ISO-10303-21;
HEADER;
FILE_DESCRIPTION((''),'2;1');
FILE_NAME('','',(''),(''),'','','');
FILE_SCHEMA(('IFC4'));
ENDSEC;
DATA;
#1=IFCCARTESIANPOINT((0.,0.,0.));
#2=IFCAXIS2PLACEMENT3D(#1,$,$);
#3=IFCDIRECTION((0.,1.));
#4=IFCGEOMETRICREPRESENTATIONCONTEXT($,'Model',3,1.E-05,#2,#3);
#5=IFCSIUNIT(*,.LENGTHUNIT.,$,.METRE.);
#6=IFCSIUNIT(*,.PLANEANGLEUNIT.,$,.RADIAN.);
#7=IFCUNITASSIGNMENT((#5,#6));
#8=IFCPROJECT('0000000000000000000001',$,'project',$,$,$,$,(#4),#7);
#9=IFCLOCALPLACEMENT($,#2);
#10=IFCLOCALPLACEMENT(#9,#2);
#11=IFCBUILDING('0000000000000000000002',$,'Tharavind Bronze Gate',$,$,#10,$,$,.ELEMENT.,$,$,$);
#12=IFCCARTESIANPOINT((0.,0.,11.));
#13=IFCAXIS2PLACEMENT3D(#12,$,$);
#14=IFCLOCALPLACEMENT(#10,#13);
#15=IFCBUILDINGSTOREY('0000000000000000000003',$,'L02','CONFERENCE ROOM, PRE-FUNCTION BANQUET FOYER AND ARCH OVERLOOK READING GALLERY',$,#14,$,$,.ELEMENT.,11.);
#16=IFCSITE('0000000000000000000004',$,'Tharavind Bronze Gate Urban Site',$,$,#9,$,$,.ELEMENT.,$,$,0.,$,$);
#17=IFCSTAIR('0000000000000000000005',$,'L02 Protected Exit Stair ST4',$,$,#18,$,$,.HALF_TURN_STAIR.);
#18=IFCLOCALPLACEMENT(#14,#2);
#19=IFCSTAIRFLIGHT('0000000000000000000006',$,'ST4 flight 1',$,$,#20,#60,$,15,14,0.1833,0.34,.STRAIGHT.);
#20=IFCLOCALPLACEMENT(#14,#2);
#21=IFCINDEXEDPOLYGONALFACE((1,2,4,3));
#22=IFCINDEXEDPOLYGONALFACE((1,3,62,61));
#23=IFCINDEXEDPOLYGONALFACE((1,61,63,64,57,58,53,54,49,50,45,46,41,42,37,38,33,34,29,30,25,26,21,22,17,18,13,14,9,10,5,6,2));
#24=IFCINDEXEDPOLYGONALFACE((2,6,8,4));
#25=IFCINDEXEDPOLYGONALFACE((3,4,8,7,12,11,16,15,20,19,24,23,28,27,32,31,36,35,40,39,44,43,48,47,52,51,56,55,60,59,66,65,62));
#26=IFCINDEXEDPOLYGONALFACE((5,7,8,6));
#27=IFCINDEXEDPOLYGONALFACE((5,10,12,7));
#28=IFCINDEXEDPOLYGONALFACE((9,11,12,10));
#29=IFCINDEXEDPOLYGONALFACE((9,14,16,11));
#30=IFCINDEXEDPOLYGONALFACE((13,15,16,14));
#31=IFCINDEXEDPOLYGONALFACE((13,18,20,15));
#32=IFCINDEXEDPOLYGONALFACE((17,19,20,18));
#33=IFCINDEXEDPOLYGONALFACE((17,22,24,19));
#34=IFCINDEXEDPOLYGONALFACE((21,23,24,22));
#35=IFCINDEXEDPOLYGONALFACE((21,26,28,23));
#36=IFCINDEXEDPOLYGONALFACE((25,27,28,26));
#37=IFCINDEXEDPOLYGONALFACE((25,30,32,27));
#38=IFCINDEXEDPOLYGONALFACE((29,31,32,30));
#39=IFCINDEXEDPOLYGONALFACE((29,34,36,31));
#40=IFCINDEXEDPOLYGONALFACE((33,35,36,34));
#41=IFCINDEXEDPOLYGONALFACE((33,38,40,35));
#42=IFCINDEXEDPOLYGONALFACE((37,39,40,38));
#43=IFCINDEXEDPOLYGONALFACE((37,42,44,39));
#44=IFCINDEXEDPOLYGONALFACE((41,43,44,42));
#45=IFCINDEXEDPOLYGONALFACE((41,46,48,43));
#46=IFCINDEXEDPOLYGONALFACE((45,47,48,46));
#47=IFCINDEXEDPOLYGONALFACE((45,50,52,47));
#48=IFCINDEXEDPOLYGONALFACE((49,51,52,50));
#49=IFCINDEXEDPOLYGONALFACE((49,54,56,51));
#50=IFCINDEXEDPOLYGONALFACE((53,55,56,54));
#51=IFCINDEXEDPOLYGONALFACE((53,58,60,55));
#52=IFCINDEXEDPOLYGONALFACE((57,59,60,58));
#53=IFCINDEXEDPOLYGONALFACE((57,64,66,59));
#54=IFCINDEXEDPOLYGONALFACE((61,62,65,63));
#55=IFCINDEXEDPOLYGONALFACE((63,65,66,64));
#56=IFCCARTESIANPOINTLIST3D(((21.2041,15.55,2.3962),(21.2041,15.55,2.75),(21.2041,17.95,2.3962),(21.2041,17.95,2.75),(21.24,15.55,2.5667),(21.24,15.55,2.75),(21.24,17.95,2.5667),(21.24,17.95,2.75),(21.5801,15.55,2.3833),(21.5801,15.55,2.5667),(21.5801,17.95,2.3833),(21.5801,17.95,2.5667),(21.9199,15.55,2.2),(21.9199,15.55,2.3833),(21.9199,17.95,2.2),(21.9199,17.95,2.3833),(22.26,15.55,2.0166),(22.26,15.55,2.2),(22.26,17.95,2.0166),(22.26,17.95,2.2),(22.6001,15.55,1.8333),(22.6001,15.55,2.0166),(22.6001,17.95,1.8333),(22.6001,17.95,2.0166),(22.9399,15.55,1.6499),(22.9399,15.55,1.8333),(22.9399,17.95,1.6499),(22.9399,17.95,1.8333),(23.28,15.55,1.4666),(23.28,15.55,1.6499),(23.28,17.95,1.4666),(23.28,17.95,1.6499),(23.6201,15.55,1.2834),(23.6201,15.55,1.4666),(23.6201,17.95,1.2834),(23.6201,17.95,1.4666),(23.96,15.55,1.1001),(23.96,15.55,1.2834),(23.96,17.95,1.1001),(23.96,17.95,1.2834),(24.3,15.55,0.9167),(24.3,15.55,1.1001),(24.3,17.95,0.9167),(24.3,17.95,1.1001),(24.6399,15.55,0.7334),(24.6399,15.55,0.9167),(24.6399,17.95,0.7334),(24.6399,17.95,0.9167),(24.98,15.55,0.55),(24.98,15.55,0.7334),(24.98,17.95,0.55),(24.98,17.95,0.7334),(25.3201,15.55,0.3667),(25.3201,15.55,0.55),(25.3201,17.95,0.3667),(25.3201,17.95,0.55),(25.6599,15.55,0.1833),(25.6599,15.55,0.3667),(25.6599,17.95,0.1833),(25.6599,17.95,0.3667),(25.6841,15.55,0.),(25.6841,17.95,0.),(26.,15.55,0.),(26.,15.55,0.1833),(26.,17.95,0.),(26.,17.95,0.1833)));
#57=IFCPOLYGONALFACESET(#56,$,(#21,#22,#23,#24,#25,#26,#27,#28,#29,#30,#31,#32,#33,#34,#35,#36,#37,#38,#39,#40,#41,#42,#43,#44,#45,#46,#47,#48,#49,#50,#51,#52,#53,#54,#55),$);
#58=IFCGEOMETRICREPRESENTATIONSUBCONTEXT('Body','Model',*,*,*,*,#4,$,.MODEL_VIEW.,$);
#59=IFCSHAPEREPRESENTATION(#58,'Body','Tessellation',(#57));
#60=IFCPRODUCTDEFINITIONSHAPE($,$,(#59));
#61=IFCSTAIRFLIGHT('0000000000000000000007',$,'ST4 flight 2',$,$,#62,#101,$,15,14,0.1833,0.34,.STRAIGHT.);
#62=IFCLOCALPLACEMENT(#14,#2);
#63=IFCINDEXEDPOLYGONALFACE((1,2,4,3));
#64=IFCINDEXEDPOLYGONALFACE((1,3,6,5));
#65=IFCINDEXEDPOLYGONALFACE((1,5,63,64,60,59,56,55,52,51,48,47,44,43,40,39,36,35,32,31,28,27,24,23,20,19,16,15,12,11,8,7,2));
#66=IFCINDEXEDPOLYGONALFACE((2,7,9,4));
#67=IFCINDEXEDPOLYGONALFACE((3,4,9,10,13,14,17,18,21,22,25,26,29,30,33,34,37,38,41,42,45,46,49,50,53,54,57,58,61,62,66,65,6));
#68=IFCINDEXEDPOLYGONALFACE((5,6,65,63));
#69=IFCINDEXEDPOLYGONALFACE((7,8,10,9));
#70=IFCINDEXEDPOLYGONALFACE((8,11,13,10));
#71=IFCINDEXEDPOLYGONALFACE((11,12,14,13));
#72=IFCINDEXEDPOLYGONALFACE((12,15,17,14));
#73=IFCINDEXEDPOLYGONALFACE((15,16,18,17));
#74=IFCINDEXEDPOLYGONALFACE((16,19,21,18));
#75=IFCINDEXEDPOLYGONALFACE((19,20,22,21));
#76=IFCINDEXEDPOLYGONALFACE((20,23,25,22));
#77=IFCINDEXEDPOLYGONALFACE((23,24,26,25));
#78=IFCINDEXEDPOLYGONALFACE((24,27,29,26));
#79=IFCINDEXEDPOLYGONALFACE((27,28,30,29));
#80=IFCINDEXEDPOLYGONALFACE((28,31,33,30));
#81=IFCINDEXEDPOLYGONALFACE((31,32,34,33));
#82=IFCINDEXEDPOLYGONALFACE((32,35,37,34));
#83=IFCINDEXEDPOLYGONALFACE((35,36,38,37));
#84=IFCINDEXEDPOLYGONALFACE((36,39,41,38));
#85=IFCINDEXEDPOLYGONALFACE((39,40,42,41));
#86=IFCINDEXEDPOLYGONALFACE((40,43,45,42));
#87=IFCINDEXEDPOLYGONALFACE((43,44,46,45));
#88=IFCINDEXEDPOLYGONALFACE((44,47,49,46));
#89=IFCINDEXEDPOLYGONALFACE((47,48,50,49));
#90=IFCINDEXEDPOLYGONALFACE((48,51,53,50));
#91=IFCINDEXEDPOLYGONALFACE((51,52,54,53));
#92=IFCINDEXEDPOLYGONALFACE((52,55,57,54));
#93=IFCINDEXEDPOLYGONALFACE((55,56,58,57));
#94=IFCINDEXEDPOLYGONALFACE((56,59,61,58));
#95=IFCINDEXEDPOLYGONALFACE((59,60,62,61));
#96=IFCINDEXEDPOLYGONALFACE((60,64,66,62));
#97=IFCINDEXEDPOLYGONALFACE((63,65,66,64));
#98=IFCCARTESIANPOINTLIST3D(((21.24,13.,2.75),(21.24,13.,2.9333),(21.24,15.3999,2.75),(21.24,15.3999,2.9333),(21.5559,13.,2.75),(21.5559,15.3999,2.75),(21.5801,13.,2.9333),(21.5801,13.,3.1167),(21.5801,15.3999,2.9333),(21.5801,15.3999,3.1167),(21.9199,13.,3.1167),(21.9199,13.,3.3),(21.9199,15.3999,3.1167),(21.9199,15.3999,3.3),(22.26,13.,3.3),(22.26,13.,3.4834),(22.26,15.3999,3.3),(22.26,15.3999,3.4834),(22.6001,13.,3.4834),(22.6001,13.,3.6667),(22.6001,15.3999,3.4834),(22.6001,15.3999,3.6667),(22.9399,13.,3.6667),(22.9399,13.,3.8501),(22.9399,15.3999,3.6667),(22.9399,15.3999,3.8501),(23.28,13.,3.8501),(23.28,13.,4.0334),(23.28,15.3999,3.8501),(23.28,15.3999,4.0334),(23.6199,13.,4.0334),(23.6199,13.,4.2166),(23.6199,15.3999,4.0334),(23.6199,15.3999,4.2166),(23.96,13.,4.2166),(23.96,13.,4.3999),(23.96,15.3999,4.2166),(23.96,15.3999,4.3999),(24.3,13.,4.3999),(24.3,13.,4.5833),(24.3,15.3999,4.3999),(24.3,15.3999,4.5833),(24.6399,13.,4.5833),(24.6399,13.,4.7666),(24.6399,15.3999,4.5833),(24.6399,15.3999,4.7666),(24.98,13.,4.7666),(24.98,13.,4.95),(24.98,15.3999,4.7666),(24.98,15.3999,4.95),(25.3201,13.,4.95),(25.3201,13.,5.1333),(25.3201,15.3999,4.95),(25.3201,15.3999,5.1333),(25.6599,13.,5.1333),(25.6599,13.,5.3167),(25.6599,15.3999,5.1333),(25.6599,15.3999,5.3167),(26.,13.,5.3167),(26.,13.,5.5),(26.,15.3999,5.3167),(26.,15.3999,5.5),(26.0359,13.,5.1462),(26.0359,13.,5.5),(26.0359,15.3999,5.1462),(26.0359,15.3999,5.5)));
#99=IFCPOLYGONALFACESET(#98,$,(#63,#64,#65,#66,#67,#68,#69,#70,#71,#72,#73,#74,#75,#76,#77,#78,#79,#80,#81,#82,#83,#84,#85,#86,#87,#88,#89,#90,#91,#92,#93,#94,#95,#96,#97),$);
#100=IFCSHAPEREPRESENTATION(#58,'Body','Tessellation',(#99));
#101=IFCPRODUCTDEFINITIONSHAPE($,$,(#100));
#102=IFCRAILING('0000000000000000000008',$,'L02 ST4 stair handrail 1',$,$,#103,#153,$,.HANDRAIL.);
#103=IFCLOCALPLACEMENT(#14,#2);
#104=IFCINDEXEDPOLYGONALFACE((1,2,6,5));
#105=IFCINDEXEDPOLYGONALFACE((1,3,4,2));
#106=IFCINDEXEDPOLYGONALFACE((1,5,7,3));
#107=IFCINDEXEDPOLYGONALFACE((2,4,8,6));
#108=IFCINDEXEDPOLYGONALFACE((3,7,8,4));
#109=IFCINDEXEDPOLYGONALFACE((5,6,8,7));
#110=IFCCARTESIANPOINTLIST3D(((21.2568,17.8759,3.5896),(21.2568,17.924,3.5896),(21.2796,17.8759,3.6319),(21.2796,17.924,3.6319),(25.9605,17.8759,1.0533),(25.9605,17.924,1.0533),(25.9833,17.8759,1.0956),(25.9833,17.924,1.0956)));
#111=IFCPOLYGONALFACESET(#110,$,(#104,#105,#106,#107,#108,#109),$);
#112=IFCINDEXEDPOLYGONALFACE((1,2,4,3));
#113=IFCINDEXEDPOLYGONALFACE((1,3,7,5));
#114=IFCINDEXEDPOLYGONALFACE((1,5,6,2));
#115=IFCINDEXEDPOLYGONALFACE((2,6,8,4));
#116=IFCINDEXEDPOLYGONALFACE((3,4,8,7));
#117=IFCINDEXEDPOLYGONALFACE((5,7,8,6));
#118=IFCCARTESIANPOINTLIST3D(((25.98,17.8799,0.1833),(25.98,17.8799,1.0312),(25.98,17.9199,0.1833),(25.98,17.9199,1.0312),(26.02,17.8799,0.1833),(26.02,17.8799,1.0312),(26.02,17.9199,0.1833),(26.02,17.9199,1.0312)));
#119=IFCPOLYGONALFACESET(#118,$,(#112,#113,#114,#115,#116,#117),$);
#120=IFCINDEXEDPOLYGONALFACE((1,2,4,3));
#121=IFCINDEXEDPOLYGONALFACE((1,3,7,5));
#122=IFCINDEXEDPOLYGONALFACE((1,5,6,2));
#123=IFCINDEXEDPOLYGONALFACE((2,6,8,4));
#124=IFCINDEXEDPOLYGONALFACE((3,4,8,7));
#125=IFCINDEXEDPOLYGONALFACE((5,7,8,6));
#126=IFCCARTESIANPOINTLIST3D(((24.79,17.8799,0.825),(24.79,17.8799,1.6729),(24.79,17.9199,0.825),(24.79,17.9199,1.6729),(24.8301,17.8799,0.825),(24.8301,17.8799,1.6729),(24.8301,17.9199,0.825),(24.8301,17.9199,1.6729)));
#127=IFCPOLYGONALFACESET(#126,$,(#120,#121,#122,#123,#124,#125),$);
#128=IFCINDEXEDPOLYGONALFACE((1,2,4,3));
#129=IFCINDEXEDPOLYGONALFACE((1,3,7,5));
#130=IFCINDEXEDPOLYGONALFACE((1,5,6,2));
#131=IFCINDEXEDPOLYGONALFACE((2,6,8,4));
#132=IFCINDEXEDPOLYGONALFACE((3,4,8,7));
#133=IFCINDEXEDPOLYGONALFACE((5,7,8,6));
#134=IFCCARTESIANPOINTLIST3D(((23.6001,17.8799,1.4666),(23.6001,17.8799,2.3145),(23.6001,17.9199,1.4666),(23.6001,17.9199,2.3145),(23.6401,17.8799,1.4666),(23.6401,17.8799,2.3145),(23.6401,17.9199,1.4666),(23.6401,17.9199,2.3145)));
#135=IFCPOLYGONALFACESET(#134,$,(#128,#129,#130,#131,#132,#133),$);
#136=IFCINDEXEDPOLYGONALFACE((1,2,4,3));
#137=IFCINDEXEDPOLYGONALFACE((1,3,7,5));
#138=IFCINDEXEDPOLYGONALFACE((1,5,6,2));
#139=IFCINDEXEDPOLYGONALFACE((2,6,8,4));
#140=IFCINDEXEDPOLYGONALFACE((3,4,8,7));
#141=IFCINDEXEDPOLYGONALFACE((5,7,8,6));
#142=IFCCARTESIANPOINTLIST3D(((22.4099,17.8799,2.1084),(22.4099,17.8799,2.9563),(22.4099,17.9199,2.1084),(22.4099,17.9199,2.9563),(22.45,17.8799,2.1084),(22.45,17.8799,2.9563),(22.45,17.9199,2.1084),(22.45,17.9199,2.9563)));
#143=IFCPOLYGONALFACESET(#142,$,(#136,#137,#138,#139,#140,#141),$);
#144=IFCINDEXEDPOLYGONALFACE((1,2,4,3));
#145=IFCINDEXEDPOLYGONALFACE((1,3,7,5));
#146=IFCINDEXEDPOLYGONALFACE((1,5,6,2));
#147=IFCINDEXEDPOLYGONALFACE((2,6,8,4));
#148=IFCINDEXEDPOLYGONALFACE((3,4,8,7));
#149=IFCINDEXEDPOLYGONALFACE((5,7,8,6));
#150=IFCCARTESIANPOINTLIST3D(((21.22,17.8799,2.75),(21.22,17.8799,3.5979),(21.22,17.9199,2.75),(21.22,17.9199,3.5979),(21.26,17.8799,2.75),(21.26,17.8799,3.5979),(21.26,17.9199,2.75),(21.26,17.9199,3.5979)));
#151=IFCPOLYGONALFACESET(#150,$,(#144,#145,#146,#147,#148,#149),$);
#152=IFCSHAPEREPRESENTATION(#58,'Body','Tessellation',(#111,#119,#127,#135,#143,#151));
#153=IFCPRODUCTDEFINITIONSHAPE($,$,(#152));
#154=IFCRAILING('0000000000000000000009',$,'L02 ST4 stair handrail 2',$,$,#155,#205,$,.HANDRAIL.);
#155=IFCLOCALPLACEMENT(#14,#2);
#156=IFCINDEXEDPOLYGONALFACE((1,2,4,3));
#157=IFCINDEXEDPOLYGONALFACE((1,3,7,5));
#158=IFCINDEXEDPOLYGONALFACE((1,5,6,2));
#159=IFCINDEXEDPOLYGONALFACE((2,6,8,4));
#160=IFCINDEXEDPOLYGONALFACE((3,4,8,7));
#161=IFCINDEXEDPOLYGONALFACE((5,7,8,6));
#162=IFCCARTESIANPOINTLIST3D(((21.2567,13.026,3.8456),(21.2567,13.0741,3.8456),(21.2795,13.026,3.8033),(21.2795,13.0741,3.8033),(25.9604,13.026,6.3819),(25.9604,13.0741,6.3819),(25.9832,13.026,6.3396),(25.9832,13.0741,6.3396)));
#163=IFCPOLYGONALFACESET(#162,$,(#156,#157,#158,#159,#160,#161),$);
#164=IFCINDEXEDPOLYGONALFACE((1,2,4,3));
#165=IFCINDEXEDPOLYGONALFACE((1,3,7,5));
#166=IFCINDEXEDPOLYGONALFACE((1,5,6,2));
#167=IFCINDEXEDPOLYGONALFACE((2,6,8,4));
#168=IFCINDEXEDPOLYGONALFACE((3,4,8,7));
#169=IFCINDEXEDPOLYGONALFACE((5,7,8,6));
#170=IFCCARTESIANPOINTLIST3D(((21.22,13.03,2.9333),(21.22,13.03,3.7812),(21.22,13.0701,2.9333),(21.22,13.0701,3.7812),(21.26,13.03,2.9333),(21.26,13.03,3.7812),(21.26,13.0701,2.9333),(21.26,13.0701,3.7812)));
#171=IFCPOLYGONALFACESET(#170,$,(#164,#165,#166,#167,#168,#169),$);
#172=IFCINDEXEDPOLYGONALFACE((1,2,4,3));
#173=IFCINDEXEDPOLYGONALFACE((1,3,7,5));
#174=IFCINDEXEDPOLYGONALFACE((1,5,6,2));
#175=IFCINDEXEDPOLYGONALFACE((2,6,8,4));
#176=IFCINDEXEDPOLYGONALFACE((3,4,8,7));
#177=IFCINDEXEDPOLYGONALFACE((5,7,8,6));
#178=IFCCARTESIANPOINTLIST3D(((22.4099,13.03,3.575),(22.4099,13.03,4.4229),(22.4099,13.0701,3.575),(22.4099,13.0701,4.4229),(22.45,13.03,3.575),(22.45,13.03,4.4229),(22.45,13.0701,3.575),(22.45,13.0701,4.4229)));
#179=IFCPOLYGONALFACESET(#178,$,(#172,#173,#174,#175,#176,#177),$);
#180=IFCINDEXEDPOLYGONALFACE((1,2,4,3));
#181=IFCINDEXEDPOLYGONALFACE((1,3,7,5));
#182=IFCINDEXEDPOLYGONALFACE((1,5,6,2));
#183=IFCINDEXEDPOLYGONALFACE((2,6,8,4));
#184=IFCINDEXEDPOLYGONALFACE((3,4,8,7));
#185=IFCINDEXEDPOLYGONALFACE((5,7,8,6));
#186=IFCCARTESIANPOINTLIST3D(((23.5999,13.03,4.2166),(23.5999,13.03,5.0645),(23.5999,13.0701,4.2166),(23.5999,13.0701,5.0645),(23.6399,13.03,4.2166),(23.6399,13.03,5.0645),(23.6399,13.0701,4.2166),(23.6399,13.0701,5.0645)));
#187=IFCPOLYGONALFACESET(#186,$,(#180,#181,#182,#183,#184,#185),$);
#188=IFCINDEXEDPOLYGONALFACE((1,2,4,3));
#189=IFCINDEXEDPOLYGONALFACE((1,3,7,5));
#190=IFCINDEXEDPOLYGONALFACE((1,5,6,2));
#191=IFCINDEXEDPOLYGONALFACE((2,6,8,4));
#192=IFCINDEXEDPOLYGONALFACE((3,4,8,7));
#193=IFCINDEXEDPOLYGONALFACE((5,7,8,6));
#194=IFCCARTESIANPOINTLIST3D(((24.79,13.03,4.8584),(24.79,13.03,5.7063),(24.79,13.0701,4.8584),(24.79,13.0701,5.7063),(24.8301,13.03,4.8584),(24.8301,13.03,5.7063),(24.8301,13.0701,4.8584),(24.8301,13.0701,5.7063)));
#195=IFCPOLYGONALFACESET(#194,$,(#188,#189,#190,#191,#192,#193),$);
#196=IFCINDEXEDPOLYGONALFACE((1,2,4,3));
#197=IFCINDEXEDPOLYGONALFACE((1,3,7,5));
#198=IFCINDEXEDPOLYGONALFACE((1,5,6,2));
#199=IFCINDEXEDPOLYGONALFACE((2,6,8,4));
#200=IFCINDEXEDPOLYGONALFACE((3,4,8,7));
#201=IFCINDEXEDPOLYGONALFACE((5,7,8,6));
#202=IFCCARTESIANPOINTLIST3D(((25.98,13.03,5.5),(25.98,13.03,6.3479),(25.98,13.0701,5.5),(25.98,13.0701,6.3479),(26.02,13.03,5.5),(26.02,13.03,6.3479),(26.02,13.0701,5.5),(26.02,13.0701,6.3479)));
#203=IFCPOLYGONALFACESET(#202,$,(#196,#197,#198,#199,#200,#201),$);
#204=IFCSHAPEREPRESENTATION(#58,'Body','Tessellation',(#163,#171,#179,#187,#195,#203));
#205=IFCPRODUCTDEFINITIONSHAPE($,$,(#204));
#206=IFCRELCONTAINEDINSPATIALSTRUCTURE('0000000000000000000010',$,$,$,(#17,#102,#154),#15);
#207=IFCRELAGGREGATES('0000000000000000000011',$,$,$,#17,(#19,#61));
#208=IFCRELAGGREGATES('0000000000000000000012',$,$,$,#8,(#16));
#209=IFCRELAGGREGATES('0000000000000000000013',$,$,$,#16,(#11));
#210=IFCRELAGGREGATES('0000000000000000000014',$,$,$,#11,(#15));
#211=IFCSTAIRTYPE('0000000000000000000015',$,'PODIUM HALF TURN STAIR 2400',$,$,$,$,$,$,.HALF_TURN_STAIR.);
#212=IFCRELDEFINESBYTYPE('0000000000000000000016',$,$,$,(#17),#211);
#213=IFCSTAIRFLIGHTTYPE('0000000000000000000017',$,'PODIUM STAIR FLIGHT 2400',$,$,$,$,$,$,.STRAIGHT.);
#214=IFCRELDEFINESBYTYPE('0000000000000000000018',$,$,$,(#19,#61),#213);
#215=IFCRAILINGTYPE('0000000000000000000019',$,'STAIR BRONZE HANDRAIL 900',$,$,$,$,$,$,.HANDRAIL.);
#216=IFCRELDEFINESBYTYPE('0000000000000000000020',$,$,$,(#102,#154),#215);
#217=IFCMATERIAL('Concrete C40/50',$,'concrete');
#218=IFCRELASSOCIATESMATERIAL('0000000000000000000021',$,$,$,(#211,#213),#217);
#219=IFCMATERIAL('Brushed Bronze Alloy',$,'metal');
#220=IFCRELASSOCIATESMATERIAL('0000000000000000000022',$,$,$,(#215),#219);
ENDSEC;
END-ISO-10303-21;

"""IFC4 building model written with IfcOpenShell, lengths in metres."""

from ifc_helpers import new_model, si_unit, direction, frame, origin, origin_2d, place, context, subcontext, project, spatial, polyline, rectangle, outline, extrude, material, type_object, element, aggregate, save


model = new_model("IFC4")

# Units and contexts
model_context = context("Model", 3, precision=1e-05, world=origin(), true_north=direction((0.0, 1.0)))
body_context = subcontext(model_context, "Body", "Model", "MODEL_VIEW")
ifc_project = project(units=[si_unit("LENGTHUNIT", "METRE"), si_unit("PLANEANGLEUNIT", "RADIAN")], contexts=[model_context])

# Site, building, storey
site_placement = place(None, origin())
site = spatial("IfcSite", under=ifc_project, at=site_placement, Name="Tharavind Bronze Gate Urban Site", CompositionType="ELEMENT", RefElevation=0.0)
building_placement = place(site_placement, origin())
building = spatial("IfcBuilding", under=site, at=building_placement, Name="Tharavind Bronze Gate", CompositionType="ELEMENT")
storey_placement = place(building_placement, frame((0.0, 0.0, 11.0)))
storey = spatial("IfcBuildingStorey", under=building, at=storey_placement, Name="L02", Description="CONFERENCE ROOM, PRE-FUNCTION BANQUET FOYER AND ARCH OVERLOOK READING GALLERY", CompositionType="ELEMENT", Elevation=11.0)

# Shared definitions
ifc_material_1 = material(Name="Concrete C40/50", Category="concrete")

# Stair, stair flights
stair_type = type_object("IfcStairType", Name="PODIUM HALF TURN STAIR 2400", PredefinedType="HALF_TURN_STAIR", material=ifc_material_1)
stair_placement = place(storey_placement, origin())
stair = element("IfcStair", 1, at=stair_placement, inside=storey, type_object=stair_type, Name="L02 Protected Exit Stair ST4", PredefinedType="HALF_TURN_STAIR")
stair_flight_type = type_object("IfcStairFlightType", Name="PODIUM STAIR FLIGHT 2400", PredefinedType="STRAIGHT", material=ifc_material_1)
stair_flight_1_placement = place(storey_placement, frame((26.0, 16.75, 0.0), z_axis=(0.0, 0.0, 1.0), x_axis=(-1.0, 0.0, 0.0)))
stair_flight_1 = element("IfcStairFlight", 2, at=stair_flight_1_placement, type_object=stair_flight_type, Name="ST4 flight 1", NumberOfRisers=15, NumberOfTreads=14, PredefinedType="STRAIGHT", RiserHeight=0.1833, TreadLength=0.34, context=body_context, shape_type="SweptSolid", body=[
    extrude(outline(polyline([(0.0, 0.0), (0.0, 0.1833), (0.3401, 0.1833), (0.3401, 0.3667), (0.6799, 0.3667), (0.6799, 0.55), (1.02, 0.55), (1.02, 0.7334), (1.3601, 0.7334), (1.3601, 0.9167), (1.7, 0.9167), (1.7, 1.1001), (2.04, 1.1001), (2.04, 1.2834), (2.3799, 1.2834), (2.3799, 1.4666), (2.72, 1.4666), (2.72, 1.6499), (3.0601, 1.6499), (3.0601, 1.8333), (3.3999, 1.8333), (3.3999, 2.0166), (3.74, 2.0166), (3.74, 2.2), (4.0801, 2.2), (4.0801, 2.3833), (4.4199, 2.3833), (4.4199, 2.5667), (4.76, 2.5667), (4.76, 2.75), (4.7959, 2.75), (4.7959, 2.3962), (0.3159, 0.0), (0.0, 0.0)])), frame((0.0, 1.2, 0.0), z_axis=(0.0, -1.0, 0.0), x_axis=(1.0, 0.0, 0.0)), (0.0, 0.0, 1.0), 2.3999),
])
stair_flight_2_placement = place(storey_placement, frame((21.24, 14.2, 2.75), z_axis=(0.0, 0.0, 1.0), x_axis=(1.0, 0.0, 0.0)))
stair_flight_2 = element("IfcStairFlight", 3, at=stair_flight_2_placement, type_object=stair_flight_type, Name="ST4 flight 2", NumberOfRisers=15, NumberOfTreads=14, PredefinedType="STRAIGHT", RiserHeight=0.1833, TreadLength=0.34, context=body_context, shape_type="SweptSolid", body=[
    extrude(outline(polyline([(0.0, 0.0), (0.0, 0.1833), (0.3401, 0.1833), (0.3401, 0.3667), (0.6799, 0.3667), (0.6799, 0.55), (1.02, 0.55), (1.02, 0.7334), (1.3601, 0.7334), (1.3601, 0.9167), (1.7, 0.9167), (1.7, 1.1001), (2.04, 1.1001), (2.04, 1.2834), (2.3799, 1.2834), (2.3799, 1.4666), (2.72, 1.4666), (2.72, 1.6499), (3.0601, 1.6499), (3.0601, 1.8333), (3.3999, 1.8333), (3.3999, 2.0166), (3.74, 2.0166), (3.74, 2.2), (4.0801, 2.2), (4.0801, 2.3833), (4.4199, 2.3833), (4.4199, 2.5667), (4.76, 2.5667), (4.76, 2.75), (4.7959, 2.75), (4.7959, 2.3962), (0.3159, 0.0), (0.0, 0.0)])), frame((0.0, 1.2, 0.0), z_axis=(0.0, -1.0, 0.0), x_axis=(1.0, 0.0, 0.0)), (0.0, 0.0, 1.0), 2.3999),
])
aggregate(stair, [stair_flight_1, stair_flight_2])

# Railings
ifc_material_2 = material(Name="Brushed Bronze Alloy", Category="metal")
railing_type_1 = type_object("IfcRailingType", Name="STAIR BRONZE HANDRAIL 900", PredefinedType="HANDRAIL", material=ifc_material_2)
railing_1_placement = place(storey_placement, frame((26.0, 17.8999, 0.1833)))
element("IfcRailing", 4, at=railing_1_placement, inside=storey, type_object=railing_type_1, Name="L02 ST4 stair handrail 1", PredefinedType="HANDRAIL", context=body_context, shape_type="SweptSolid", body=[
    extrude(rectangle(XDim=0.0481, YDim=0.0481, at=origin_2d()), frame((-0.0281, 0.0, 0.8911), z_axis=(-0.880196, 0.0, 0.474611), x_axis=(0.0, -1.0, 0.0)), (0.0, 0.0, 1.0), 5.344),
    extrude(rectangle(XDim=0.04, YDim=0.04, at=origin_2d()), origin(), (0.0, 0.0, 1.0), 0.8479),
    extrude(rectangle(XDim=0.04, YDim=0.04, at=origin_2d()), frame((-1.1899, 0.0, 0.6416)), (0.0, 0.0, 1.0), 0.8479),
    extrude(rectangle(XDim=0.04, YDim=0.04, at=origin_2d()), frame((-2.3799, 0.0, 1.2832)), (0.0, 0.0, 1.0), 0.8479),
    extrude(rectangle(XDim=0.04, YDim=0.04, at=origin_2d()), frame((-3.5701, 0.0, 1.925)), (0.0, 0.0, 1.0), 0.8479),
    extrude(rectangle(XDim=0.04, YDim=0.04, at=origin_2d()), frame((-4.76, 0.0, 2.5667)), (0.0, 0.0, 1.0), 0.8479),
])
railing_2_placement = place(storey_placement, frame((21.24, 13.05, 2.9333)))
element("IfcRailing", 5, at=railing_2_placement, inside=storey, type_object=railing_type_1, Name="L02 ST4 stair handrail 2", PredefinedType="HANDRAIL", context=body_context, shape_type="SweptSolid", body=[
    extrude(rectangle(XDim=0.0481, YDim=0.0481, at=origin_2d()), frame((0.0281, 0.0, 0.8911), z_axis=(0.880196, 0.0, 0.474611), x_axis=(0.0, 1.0, 0.0)), (0.0, 0.0, 1.0), 5.344),
    extrude(rectangle(XDim=0.04, YDim=0.04, at=origin_2d()), origin(), (0.0, 0.0, 1.0), 0.8479),
    extrude(rectangle(XDim=0.04, YDim=0.04, at=origin_2d()), frame((1.1899, 0.0, 0.6416)), (0.0, 0.0, 1.0), 0.8479),
    extrude(rectangle(XDim=0.04, YDim=0.04, at=origin_2d()), frame((2.3799, 0.0, 1.2832)), (0.0, 0.0, 1.0), 0.8479),
    extrude(rectangle(XDim=0.04, YDim=0.04, at=origin_2d()), frame((3.5701, 0.0, 1.925)), (0.0, 0.0, 1.0), 0.8479),
    extrude(rectangle(XDim=0.04, YDim=0.04, at=origin_2d()), frame((4.76, 0.0, 2.5667)), (0.0, 0.0, 1.0), 0.8479),
])

save(model, "model.ifc")
